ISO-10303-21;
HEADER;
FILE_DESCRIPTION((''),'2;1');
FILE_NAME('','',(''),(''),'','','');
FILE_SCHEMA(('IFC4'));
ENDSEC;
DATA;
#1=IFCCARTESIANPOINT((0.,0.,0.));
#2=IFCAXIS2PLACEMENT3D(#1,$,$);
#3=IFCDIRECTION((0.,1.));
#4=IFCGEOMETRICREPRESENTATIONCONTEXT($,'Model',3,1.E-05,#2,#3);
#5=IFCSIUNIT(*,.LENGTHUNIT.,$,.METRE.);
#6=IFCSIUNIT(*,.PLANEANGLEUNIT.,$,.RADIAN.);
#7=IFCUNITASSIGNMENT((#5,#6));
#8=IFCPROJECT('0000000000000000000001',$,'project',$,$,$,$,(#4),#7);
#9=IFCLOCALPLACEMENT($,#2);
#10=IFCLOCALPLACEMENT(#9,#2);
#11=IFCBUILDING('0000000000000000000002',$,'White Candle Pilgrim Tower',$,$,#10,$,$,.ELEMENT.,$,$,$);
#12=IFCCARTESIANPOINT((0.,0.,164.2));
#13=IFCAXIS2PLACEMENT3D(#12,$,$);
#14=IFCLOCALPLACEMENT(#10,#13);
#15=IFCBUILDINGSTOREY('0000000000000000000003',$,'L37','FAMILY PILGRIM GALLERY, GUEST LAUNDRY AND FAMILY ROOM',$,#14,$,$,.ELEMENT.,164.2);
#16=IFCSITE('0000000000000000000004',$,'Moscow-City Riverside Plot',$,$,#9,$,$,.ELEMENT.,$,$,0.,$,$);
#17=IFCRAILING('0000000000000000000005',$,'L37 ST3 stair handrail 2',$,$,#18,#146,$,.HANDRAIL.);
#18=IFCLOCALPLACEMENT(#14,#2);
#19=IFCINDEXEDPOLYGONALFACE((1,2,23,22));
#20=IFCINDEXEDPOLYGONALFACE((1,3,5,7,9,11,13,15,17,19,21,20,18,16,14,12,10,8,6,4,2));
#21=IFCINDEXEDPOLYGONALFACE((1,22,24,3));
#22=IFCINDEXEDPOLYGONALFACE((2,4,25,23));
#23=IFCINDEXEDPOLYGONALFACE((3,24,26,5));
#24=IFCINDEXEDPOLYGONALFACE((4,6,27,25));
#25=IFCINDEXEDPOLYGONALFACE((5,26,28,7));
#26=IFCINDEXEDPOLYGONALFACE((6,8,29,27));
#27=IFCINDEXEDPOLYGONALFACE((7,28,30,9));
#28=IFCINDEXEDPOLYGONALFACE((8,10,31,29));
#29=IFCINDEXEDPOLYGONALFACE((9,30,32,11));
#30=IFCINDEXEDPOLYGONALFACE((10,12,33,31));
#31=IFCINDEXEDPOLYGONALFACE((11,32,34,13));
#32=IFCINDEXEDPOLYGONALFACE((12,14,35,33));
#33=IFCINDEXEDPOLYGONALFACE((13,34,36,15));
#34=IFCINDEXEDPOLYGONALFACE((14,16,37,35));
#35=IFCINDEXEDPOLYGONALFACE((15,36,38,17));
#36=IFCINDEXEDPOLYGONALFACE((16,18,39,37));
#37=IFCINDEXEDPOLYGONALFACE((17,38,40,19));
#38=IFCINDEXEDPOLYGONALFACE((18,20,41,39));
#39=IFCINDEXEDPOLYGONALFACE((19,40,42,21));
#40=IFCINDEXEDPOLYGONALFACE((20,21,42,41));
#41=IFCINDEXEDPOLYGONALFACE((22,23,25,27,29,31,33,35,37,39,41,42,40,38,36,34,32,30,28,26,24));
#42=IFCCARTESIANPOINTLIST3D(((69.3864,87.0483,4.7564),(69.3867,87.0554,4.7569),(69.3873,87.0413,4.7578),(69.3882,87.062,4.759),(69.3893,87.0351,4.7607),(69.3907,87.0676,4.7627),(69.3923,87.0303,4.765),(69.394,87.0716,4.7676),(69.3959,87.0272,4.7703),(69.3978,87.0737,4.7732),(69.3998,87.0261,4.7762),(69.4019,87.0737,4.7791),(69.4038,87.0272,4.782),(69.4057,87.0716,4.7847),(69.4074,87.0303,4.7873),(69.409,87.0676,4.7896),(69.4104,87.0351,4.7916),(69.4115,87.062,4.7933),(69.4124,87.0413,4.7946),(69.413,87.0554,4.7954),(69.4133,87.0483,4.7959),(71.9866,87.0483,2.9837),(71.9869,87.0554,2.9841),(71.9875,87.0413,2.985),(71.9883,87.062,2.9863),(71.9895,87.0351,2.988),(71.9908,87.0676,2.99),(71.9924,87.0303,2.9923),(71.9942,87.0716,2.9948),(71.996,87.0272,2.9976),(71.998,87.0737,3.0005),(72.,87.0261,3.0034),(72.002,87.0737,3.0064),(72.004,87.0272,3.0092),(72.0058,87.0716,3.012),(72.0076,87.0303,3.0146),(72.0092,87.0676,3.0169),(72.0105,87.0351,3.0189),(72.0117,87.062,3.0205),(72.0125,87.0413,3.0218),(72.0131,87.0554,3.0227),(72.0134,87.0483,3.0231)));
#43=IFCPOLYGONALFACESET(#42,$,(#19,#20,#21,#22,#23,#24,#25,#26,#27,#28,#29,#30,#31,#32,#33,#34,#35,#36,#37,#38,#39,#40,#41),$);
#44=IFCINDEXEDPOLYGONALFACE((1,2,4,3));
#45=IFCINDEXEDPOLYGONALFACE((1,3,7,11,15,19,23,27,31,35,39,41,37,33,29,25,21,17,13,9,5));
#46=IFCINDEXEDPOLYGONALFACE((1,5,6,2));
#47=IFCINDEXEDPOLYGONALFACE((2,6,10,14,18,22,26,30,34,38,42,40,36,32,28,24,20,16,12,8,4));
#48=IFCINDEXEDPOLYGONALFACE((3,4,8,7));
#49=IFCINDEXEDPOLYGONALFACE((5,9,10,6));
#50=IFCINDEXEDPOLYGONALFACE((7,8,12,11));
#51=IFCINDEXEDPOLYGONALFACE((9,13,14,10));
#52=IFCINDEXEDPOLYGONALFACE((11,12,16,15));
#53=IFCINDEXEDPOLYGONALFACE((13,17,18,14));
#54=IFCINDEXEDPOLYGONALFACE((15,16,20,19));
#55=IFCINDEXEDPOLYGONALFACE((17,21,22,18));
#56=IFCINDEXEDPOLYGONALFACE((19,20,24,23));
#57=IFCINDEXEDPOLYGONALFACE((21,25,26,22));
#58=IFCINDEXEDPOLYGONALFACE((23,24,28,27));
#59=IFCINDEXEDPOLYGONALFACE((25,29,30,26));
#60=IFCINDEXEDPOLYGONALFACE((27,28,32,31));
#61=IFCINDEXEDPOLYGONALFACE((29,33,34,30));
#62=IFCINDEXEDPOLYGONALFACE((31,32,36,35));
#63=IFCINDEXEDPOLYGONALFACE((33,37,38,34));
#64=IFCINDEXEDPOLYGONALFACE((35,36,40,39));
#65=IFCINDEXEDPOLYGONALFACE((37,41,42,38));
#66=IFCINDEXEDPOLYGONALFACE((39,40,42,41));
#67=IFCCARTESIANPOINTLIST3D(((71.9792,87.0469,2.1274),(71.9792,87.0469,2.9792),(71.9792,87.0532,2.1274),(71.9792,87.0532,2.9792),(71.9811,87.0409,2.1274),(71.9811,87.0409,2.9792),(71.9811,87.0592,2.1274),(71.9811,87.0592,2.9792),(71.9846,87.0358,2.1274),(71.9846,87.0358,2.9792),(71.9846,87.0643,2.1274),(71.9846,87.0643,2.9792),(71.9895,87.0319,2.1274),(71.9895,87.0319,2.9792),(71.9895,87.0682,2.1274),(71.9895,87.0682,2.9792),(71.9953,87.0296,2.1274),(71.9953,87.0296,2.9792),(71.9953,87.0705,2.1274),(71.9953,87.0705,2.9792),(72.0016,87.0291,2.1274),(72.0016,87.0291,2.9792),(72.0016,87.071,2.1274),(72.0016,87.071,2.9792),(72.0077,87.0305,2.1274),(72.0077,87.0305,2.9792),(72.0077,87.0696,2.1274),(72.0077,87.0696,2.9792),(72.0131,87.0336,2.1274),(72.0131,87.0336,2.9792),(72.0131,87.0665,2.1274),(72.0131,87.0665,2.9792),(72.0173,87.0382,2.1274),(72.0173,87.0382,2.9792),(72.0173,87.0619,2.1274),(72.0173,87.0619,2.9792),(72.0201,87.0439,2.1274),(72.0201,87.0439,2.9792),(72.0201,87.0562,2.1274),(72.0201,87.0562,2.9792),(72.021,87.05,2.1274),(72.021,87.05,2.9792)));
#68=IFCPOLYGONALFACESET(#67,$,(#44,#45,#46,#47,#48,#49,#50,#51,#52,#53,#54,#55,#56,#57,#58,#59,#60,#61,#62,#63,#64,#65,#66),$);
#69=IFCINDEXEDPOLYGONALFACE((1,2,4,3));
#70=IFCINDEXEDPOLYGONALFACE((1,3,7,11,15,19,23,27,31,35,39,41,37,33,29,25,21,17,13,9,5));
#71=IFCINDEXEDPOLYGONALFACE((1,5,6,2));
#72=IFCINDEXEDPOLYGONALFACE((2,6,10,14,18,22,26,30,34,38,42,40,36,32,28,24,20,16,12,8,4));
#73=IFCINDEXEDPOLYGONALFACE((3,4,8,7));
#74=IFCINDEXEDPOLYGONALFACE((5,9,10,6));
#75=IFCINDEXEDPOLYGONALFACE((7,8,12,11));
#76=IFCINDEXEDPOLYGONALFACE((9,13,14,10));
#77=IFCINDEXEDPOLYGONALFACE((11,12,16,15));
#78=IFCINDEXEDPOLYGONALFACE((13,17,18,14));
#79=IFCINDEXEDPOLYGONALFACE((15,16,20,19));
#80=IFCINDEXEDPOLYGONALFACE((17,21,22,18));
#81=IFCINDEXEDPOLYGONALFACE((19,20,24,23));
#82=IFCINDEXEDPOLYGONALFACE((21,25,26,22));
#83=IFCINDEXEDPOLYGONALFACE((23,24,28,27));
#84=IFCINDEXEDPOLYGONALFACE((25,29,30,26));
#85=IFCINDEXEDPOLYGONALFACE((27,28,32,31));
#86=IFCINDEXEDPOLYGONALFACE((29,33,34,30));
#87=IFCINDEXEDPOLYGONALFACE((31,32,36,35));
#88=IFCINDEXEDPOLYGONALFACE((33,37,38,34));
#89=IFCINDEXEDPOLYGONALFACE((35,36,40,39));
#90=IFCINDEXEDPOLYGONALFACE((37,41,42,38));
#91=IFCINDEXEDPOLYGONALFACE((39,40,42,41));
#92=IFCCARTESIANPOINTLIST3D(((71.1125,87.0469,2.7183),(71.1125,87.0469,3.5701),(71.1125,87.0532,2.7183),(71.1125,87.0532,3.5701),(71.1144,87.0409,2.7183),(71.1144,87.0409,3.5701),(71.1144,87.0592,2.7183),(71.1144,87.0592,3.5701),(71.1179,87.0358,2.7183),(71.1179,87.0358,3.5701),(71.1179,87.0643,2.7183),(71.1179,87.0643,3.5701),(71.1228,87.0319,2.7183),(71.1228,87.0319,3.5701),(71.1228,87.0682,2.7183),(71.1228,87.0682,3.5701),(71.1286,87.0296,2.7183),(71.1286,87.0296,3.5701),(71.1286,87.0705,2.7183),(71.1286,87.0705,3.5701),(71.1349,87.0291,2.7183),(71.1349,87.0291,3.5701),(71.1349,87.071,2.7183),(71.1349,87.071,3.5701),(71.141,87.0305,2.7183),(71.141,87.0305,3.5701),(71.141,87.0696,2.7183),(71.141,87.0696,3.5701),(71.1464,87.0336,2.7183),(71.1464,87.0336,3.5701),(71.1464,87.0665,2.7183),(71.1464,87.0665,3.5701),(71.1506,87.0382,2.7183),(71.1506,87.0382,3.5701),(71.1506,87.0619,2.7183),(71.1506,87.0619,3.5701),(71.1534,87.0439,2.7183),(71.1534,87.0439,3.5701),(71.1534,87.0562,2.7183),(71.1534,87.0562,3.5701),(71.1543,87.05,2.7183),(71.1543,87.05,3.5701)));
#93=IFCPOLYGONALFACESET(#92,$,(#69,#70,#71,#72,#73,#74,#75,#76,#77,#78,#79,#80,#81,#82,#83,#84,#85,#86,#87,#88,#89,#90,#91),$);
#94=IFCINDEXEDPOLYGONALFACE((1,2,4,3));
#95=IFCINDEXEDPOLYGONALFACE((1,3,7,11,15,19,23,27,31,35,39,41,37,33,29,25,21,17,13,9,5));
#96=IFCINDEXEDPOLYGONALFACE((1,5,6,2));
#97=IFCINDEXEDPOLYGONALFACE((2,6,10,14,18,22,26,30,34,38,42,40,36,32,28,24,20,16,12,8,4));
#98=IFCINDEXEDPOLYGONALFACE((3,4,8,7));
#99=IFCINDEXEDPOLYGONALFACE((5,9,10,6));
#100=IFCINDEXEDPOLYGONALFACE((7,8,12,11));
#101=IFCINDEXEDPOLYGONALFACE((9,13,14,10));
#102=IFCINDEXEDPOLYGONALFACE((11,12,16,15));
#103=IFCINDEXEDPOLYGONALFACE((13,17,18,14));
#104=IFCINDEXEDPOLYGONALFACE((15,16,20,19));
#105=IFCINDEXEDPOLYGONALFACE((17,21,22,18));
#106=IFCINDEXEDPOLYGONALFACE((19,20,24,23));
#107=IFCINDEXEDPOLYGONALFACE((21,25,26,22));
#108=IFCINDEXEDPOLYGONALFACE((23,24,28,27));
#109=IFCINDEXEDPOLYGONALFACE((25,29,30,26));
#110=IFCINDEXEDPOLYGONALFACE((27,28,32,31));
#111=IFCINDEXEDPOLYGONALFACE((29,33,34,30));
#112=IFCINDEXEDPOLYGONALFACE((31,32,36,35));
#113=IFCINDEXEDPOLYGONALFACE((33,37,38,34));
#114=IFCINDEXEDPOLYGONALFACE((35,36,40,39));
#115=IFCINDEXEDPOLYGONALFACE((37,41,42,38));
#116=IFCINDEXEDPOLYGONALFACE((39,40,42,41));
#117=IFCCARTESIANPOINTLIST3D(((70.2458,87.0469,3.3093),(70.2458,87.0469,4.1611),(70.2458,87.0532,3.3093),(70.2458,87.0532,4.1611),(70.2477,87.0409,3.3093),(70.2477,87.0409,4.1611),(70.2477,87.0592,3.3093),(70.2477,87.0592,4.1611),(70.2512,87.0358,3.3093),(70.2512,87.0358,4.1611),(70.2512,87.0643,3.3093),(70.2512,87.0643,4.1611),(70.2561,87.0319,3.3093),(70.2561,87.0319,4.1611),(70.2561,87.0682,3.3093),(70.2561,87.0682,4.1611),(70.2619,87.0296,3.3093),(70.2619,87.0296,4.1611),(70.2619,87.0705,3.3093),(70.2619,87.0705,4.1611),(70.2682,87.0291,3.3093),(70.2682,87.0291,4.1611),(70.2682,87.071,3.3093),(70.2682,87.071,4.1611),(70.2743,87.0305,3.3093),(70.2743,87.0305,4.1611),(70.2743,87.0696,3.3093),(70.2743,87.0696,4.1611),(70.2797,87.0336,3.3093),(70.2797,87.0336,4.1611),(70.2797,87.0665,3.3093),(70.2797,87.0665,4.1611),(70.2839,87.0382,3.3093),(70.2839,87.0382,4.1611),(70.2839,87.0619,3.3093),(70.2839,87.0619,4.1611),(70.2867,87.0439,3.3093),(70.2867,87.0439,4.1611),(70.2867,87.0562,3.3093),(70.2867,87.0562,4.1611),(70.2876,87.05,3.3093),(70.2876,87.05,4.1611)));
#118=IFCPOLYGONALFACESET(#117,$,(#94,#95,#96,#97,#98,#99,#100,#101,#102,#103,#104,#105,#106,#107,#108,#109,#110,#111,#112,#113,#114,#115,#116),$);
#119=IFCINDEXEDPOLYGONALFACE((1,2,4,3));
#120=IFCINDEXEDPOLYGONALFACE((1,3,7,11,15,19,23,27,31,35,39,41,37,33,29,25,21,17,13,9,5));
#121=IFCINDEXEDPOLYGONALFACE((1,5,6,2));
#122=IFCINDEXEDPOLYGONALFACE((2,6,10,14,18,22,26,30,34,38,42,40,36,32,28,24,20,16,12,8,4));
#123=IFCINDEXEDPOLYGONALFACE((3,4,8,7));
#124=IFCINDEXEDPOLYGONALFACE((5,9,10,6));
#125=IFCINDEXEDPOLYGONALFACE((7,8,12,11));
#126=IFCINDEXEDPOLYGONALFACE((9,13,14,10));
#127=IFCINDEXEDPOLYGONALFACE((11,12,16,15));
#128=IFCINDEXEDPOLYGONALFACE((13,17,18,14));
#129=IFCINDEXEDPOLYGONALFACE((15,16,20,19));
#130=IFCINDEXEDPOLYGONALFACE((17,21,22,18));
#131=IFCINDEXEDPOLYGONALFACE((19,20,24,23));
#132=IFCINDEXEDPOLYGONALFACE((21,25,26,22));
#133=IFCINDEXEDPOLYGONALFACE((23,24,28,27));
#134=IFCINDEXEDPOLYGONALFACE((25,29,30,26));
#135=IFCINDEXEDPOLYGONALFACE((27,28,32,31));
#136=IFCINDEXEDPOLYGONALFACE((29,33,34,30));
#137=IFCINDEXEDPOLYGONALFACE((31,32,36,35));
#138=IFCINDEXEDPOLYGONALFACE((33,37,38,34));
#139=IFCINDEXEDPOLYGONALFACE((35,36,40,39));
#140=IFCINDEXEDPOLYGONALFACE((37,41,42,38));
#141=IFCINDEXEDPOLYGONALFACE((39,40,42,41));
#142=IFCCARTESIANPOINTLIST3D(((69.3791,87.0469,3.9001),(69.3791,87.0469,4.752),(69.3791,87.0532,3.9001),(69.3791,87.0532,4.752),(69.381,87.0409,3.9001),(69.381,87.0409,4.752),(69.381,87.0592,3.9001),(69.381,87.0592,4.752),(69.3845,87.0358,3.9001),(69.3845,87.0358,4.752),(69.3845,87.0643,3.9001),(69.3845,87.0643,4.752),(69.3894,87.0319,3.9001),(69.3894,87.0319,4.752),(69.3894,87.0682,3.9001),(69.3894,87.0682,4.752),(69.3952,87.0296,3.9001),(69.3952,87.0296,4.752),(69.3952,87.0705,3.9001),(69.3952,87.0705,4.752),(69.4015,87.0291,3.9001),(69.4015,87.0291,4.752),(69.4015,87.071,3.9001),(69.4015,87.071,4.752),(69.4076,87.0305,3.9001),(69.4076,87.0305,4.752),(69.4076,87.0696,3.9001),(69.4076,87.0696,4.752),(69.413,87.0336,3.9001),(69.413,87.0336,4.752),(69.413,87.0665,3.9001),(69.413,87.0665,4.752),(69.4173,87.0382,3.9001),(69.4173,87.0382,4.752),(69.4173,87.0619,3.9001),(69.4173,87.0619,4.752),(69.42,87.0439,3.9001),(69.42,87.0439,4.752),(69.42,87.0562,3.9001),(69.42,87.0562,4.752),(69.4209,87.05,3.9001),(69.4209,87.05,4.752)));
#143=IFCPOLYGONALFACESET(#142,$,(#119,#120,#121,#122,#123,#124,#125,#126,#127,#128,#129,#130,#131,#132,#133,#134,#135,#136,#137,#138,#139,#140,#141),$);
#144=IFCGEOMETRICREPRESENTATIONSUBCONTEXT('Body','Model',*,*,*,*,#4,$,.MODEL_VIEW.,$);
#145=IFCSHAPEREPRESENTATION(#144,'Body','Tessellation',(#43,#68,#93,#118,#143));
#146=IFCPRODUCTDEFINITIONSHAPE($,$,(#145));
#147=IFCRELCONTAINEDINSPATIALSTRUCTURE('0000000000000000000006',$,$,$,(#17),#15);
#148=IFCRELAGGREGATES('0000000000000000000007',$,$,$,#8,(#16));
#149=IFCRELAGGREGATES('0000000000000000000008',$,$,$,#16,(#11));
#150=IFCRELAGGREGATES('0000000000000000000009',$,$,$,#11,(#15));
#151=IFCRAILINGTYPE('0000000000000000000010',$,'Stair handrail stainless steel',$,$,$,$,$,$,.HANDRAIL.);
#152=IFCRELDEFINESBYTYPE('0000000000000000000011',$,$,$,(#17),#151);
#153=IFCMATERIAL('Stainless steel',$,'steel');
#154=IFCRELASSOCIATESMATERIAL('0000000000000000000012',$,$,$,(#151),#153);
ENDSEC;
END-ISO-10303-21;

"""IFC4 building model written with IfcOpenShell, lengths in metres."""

from ifc_helpers import new_model, si_unit, direction, frame, origin, origin_2d, place, context, subcontext, project, spatial, circle, extrude, material, type_object, element, save


model = new_model("IFC4")

# Units and contexts
model_context = context("Model", 3, precision=1e-05, world=origin(), true_north=direction((0.0, 1.0)))
body_context = subcontext(model_context, "Body", "Model", "MODEL_VIEW")
ifc_project = project(units=[si_unit("LENGTHUNIT", "METRE"), si_unit("PLANEANGLEUNIT", "RADIAN")], contexts=[model_context])

# Site, building, storey
site_placement = place(None, origin())
site = spatial("IfcSite", under=ifc_project, at=site_placement, Name="Moscow-City Riverside Plot", CompositionType="ELEMENT", RefElevation=0.0)
building_placement = place(site_placement, origin())
building = spatial("IfcBuilding", under=site, at=building_placement, Name="White Candle Pilgrim Tower", CompositionType="ELEMENT")
storey_placement = place(building_placement, frame((0.0, 0.0, 164.2)))
storey = spatial("IfcBuildingStorey", under=building, at=storey_placement, Name="L37", Description="FAMILY PILGRIM GALLERY, GUEST LAUNDRY AND FAMILY ROOM", CompositionType="ELEMENT", Elevation=164.2)

# Shared definitions
ifc_material_1 = material(Name="Stainless steel", Category="steel")

# Railing
railing_type_1 = type_object("IfcRailingType", Name="Stair handrail stainless steel", PredefinedType="HANDRAIL", material=ifc_material_1)
railing_1_placement = place(storey_placement, frame((72.0, 87.05, 2.1274)))
element("IfcRailing", 1, at=railing_1_placement, inside=storey, type_object=railing_type_1, Name="L37 ST3 stair handrail 2", PredefinedType="HANDRAIL", context=body_context, shape_type="SweptSolid", body=[
    extrude(circle(Radius=0.0239, at=origin_2d()), frame((0.0, 0.0, 0.876), z_axis=(-0.82624, 0.0, 0.563318), x_axis=(0.0, -1.0, 0.0)), (0.0, 0.0, 1.0), 3.147),
    extrude(circle(Radius=0.021, at=origin_2d()), origin(), (0.0, 0.0, 1.0), 0.8518),
    extrude(circle(Radius=0.021, at=origin_2d()), frame((-0.8667, 0.0, 0.5908)), (0.0, 0.0, 1.0), 0.8518),
    extrude(circle(Radius=0.021, at=origin_2d()), frame((-1.7334, 0.0, 1.1819)), (0.0, 0.0, 1.0), 0.8518),
    extrude(circle(Radius=0.021, at=origin_2d()), frame((-2.6001, 0.0, 1.7727)), (0.0, 0.0, 1.0), 0.8518),
])

save(model, "model.ifc")
